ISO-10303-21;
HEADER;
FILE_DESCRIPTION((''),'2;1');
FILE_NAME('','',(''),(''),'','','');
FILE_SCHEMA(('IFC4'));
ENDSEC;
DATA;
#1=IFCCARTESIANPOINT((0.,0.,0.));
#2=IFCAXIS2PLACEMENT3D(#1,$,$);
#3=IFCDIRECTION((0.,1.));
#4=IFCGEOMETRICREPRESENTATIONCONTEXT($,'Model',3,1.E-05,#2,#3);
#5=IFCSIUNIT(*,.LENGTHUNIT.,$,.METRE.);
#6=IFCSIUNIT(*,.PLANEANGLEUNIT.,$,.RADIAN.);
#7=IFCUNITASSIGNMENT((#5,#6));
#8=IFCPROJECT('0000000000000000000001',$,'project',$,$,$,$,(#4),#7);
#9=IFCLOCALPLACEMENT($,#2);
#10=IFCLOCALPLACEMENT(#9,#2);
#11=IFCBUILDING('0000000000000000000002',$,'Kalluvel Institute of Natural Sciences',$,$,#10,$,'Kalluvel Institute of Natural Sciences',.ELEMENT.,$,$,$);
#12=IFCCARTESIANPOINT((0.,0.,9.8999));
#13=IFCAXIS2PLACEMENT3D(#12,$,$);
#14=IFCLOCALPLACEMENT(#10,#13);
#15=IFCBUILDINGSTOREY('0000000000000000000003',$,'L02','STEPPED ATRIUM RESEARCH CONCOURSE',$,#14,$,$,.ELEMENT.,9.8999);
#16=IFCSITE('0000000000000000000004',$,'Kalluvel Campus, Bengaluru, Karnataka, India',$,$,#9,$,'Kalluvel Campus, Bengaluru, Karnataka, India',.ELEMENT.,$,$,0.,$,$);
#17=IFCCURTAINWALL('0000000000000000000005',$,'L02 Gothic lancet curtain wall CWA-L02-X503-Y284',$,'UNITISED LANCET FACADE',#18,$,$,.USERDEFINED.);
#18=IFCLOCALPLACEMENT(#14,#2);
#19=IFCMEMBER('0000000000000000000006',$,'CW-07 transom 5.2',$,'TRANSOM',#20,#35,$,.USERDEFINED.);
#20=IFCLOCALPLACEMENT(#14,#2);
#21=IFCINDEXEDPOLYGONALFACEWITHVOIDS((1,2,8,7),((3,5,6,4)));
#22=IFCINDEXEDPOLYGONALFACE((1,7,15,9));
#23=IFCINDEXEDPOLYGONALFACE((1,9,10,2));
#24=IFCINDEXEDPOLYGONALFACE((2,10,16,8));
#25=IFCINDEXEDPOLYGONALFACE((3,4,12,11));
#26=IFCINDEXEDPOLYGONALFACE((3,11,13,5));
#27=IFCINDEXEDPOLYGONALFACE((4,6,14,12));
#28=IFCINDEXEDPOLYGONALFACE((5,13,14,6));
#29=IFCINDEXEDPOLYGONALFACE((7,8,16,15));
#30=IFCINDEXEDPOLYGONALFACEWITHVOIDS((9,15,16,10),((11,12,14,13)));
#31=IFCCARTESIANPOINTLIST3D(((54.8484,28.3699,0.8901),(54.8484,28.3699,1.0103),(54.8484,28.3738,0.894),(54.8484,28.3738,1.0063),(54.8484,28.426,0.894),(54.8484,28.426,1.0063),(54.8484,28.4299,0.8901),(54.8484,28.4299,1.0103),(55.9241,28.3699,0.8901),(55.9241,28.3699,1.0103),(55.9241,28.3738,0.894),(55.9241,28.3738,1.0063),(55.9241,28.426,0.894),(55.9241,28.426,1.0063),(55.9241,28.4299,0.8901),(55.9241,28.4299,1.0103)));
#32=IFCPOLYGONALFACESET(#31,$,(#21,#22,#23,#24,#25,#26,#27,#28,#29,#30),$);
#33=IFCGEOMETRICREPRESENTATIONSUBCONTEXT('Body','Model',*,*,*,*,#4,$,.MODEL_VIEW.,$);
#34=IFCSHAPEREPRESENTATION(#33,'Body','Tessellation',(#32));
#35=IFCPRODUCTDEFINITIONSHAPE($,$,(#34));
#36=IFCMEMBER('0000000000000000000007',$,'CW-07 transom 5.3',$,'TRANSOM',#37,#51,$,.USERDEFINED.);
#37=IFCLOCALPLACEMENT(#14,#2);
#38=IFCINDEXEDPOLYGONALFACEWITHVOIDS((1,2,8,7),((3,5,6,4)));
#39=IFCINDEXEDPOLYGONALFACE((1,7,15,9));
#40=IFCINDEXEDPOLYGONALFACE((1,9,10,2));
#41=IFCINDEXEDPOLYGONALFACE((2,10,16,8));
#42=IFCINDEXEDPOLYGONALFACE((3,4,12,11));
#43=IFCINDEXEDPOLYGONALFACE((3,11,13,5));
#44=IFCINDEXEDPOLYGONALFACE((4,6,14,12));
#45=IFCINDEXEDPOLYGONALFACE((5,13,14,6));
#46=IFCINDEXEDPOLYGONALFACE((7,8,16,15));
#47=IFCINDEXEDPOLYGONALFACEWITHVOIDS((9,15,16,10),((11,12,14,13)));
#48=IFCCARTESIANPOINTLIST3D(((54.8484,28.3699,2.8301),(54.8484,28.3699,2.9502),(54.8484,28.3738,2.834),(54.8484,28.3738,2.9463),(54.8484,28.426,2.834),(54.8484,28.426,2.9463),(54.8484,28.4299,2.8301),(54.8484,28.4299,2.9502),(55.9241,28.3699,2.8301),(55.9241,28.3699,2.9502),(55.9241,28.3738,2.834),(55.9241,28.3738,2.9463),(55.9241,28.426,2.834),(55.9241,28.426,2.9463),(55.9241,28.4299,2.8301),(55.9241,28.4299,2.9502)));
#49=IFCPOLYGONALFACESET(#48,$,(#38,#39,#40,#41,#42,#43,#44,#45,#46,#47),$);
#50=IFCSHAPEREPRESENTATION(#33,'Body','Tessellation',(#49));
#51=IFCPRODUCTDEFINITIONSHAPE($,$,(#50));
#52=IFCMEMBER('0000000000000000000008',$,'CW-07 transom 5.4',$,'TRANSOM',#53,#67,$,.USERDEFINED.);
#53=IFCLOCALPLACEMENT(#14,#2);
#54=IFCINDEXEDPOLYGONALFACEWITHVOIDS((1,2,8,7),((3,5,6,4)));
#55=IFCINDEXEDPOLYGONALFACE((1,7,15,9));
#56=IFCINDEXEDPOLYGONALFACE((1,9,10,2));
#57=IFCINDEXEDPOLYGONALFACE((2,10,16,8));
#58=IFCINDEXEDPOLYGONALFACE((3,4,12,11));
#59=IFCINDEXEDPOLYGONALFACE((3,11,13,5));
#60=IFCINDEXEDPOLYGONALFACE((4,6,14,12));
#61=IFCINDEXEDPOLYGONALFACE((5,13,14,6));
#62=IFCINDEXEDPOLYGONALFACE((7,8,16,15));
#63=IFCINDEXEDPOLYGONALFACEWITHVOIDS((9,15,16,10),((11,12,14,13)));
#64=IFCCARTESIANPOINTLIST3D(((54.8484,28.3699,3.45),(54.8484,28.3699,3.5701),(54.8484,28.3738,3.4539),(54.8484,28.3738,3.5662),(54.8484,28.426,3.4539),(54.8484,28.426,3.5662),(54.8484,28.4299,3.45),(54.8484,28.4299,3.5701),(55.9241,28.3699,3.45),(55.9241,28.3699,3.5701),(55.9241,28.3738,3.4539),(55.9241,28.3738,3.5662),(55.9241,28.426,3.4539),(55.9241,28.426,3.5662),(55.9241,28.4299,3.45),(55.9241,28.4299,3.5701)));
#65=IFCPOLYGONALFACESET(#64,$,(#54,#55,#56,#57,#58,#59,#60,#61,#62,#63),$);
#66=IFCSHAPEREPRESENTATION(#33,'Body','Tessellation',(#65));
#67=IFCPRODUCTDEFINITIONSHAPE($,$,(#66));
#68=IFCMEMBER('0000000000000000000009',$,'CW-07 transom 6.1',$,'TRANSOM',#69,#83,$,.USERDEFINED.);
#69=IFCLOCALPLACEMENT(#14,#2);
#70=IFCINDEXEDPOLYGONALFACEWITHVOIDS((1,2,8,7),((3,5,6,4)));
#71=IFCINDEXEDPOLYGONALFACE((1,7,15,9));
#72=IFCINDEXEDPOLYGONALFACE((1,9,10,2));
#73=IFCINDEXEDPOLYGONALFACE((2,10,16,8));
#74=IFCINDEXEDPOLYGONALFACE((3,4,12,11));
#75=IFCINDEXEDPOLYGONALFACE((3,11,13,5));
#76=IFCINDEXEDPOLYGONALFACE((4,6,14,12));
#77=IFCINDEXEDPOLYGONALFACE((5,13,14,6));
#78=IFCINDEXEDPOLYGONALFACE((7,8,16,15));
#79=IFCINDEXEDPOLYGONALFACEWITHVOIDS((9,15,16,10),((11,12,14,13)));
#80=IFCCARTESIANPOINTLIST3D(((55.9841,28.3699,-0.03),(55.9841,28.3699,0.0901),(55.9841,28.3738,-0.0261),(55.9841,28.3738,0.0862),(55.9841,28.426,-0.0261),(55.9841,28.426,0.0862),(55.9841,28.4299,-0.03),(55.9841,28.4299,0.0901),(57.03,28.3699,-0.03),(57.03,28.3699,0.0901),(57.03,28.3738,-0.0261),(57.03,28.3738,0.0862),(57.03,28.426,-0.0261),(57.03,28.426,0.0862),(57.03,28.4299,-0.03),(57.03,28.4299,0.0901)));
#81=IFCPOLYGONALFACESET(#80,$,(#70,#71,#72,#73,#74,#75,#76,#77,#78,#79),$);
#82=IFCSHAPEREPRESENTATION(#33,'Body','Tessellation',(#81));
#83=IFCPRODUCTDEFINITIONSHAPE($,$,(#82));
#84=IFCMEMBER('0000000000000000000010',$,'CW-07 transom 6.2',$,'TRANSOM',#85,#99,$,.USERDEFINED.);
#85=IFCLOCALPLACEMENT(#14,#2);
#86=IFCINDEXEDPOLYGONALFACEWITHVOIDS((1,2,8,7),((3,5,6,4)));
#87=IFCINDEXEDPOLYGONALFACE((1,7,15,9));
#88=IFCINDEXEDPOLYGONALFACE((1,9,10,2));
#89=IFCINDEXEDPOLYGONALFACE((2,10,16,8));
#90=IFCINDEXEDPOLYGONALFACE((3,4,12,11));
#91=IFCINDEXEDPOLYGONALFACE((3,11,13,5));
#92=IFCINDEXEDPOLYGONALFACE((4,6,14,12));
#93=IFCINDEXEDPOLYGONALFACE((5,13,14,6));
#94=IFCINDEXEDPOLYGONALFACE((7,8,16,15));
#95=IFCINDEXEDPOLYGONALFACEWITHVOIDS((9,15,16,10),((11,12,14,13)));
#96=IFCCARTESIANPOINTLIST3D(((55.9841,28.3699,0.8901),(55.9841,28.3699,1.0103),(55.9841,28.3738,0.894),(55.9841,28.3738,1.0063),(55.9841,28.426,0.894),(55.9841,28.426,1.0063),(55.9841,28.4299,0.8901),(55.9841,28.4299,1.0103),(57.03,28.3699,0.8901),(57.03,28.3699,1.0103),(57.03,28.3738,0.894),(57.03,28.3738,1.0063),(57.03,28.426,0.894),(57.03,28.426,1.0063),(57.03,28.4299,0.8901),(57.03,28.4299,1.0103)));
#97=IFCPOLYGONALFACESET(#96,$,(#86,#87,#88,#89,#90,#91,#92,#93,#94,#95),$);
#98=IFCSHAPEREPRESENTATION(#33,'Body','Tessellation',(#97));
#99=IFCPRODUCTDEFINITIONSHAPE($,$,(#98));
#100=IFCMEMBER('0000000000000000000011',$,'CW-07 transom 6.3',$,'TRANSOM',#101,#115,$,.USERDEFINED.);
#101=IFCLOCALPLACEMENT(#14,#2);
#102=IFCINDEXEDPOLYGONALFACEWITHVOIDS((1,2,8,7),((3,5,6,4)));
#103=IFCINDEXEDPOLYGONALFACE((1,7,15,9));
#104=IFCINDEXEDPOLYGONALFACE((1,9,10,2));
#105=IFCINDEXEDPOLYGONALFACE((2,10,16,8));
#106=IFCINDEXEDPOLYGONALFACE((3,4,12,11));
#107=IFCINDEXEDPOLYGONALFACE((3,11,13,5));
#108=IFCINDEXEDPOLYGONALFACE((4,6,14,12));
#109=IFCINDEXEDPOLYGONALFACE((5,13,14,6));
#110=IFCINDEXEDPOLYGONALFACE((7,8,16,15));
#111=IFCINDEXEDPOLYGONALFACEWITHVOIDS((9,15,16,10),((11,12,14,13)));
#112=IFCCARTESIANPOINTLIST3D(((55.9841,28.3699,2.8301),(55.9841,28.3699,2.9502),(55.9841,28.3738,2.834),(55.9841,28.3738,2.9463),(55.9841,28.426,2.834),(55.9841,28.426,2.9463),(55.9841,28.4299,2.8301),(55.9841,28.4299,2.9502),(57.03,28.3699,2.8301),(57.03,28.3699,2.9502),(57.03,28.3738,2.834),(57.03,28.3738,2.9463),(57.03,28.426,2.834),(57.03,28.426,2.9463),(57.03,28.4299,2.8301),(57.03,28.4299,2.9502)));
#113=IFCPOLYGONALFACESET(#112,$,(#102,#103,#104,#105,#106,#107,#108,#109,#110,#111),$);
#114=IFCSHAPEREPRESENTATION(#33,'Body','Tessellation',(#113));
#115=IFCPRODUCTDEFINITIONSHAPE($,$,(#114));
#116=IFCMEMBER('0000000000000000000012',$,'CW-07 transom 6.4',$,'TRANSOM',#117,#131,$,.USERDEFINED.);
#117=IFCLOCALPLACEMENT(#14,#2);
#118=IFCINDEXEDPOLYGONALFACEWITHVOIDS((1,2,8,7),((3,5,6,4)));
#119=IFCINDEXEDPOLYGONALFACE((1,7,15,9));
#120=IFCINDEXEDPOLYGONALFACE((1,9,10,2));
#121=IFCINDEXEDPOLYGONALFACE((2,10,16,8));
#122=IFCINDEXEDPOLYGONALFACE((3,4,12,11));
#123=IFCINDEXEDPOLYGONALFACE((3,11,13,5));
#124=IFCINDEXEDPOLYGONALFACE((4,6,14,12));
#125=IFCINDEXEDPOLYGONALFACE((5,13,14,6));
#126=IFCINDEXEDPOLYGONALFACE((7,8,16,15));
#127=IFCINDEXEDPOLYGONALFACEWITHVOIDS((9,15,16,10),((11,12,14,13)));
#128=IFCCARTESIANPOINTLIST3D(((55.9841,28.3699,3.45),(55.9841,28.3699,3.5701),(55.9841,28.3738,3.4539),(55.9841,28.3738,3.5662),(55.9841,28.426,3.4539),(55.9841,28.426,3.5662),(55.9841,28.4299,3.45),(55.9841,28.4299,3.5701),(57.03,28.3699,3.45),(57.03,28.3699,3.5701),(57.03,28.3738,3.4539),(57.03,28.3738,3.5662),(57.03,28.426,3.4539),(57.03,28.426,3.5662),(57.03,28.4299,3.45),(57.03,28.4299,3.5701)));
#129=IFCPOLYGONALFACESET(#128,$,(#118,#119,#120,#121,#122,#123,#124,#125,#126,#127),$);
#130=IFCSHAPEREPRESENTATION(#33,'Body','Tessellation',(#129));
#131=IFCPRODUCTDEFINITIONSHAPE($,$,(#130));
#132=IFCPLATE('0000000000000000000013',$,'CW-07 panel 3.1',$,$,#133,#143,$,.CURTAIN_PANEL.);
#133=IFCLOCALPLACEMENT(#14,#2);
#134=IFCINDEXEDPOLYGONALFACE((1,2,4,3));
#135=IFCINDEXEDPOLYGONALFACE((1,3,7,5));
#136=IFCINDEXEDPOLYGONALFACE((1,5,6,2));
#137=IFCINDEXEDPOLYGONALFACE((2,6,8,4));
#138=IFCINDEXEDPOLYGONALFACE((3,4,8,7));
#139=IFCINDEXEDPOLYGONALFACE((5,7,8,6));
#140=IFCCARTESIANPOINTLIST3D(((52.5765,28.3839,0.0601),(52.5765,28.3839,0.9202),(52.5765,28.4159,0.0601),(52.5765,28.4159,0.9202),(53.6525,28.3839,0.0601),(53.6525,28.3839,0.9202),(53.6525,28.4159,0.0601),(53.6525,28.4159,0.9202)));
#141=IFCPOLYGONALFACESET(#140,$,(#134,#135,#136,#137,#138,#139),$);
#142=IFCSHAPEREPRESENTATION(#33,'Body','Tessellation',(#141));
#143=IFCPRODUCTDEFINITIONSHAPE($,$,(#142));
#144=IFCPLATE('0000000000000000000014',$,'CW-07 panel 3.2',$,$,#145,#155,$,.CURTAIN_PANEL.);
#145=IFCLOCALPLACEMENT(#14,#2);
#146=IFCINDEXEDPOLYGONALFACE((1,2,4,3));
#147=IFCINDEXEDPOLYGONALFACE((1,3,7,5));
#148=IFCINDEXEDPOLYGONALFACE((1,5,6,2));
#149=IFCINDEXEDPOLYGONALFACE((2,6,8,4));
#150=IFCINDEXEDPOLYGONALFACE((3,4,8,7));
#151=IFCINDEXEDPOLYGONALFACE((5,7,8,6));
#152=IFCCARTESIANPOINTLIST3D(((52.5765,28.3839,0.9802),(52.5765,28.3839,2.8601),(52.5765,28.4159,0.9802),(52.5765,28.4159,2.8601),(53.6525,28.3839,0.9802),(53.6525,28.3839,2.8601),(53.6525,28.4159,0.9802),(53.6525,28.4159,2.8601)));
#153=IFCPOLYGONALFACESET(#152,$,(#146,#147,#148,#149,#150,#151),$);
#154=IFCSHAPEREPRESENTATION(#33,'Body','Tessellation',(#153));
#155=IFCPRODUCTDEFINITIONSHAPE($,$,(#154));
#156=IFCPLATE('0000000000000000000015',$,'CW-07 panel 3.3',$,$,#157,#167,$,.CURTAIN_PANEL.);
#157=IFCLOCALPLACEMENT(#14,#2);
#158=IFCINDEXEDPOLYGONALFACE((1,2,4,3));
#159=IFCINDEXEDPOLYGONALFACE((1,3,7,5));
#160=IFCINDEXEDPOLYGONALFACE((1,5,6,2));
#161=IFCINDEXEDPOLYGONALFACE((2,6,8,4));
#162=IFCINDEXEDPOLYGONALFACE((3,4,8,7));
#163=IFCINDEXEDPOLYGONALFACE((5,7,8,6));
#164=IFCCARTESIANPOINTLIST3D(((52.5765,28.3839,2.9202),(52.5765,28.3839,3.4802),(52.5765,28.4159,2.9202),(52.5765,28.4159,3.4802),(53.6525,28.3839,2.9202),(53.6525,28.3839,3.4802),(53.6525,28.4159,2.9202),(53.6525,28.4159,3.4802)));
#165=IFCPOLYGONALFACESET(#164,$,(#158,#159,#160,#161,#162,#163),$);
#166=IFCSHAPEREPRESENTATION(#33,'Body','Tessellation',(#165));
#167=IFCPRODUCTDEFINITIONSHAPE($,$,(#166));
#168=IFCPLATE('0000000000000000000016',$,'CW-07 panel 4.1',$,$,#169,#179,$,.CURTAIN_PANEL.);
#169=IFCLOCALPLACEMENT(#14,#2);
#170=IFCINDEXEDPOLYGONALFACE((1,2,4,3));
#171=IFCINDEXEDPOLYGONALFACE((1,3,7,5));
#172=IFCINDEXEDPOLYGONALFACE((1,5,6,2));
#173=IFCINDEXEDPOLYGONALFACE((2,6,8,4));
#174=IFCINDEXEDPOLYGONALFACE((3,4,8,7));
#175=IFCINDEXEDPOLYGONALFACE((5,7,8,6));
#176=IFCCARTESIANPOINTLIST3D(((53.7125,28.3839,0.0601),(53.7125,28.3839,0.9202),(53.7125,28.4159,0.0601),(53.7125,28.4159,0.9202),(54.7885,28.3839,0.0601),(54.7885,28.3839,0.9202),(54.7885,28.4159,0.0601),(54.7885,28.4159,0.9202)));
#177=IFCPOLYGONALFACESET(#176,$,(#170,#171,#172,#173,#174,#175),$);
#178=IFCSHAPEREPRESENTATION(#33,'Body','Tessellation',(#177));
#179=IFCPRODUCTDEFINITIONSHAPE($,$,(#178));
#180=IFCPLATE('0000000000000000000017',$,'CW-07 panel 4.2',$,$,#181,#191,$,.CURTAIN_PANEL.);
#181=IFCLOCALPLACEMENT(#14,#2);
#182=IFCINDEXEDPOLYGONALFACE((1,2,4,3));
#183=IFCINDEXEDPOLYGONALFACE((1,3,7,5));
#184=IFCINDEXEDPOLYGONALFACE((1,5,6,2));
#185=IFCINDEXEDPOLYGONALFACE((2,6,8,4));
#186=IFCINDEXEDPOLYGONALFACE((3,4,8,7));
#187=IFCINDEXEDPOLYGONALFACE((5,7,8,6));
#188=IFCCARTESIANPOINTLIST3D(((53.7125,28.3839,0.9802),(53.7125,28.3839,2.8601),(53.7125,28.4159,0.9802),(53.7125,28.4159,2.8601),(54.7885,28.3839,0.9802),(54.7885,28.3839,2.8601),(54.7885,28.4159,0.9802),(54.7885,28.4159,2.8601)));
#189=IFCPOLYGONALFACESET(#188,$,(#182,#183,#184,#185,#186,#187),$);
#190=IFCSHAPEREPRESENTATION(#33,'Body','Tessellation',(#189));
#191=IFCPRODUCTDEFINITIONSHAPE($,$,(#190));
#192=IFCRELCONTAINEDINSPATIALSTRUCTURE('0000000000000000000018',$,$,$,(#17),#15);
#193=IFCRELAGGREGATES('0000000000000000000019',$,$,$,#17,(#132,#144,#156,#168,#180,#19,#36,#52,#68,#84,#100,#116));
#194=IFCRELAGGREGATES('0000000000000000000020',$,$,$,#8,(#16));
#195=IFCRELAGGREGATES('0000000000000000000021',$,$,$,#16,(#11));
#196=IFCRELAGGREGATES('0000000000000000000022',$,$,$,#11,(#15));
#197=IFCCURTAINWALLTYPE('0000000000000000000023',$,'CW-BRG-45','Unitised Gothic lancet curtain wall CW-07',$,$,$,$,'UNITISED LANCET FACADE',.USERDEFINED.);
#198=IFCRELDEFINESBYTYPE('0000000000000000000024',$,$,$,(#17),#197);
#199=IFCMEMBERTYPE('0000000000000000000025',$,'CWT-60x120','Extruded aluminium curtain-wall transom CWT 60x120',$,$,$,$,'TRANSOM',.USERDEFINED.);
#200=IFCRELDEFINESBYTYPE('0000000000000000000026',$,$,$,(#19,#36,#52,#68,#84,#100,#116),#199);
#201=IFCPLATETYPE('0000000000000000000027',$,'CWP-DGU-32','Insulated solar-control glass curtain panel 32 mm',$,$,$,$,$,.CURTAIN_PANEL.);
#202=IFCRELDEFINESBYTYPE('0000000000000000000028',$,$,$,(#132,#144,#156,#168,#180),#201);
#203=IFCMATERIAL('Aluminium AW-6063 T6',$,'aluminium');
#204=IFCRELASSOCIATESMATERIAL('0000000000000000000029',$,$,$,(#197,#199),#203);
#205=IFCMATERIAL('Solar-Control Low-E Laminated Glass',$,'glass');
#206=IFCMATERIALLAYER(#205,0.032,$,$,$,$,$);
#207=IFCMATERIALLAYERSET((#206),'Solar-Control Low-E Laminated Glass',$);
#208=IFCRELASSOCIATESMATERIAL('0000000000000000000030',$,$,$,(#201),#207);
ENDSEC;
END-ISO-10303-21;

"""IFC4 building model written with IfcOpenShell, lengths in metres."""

from ifc_helpers import new_model, si_unit, direction, frame, origin, origin_2d, place, context, subcontext, project, spatial, rectangle, hollow_rectangle, extrude, material, layer, layer_set, material_profile, profile_set, type_object, element, aggregate, save


model = new_model("IFC4")

# Units and contexts
model_context = context("Model", 3, precision=1e-05, world=origin(), true_north=direction((0.0, 1.0)))
body_context = subcontext(model_context, "Body", "Model", "MODEL_VIEW")
ifc_project = project(units=[si_unit("LENGTHUNIT", "METRE"), si_unit("PLANEANGLEUNIT", "RADIAN")], contexts=[model_context])

# Site, building, storey
site_placement = place(None, origin())
site = spatial("IfcSite", under=ifc_project, at=site_placement, Name="Kalluvel Campus, Bengaluru, Karnataka, India", LongName="Kalluvel Campus, Bengaluru, Karnataka, India", CompositionType="ELEMENT", RefElevation=0.0)
building_placement = place(site_placement, origin())
building = spatial("IfcBuilding", under=site, at=building_placement, Name="Kalluvel Institute of Natural Sciences", LongName="Kalluvel Institute of Natural Sciences", CompositionType="ELEMENT")
storey_placement = place(building_placement, frame((0.0, 0.0, 9.8999)))
storey = spatial("IfcBuildingStorey", under=building, at=storey_placement, Name="L02", Description="STEPPED ATRIUM RESEARCH CONCOURSE", CompositionType="ELEMENT", Elevation=9.8999)

# Curtain wall, members, plates
ifc_material_1 = material(Name="Aluminium AW-6063 T6", Category="aluminium")
curtain_wall_type = type_object("IfcCurtainWallType", Name="CW-BRG-45", Description="Unitised Gothic lancet curtain wall CW-07", ElementType="UNITISED LANCET FACADE", PredefinedType="USERDEFINED", material=ifc_material_1)
curtain_wall_placement = place(storey_placement, origin())
curtain_wall = element("IfcCurtainWall", 1, at=curtain_wall_placement, inside=storey, type_object=curtain_wall_type, Name="L02 Gothic lancet curtain wall CWA-L02-X503-Y284", ObjectType="UNITISED LANCET FACADE", PredefinedType="USERDEFINED")
ifc_material_profile_1 = material_profile(ifc_material_1, hollow_rectangle(XDim=0.0601, YDim=0.1201, WallThickness=0.0039, at=origin_2d()), Name="CWT 60x120")
ifc_profile_set_1 = profile_set([ifc_material_profile_1], Name="Aluminium AW-6063 T6")
member_type_1 = type_object("IfcMemberType", Name="CWT-60x120", Description="Extruded aluminium curtain-wall transom CWT 60x120", ElementType="TRANSOM", PredefinedType="USERDEFINED", material=ifc_profile_set_1)
member_1_placement = place(storey_placement, frame((54.8484, 28.3999, 0.9502), z_axis=(1.0, 0.0, 0.0), x_axis=(0.0, 1.0, 0.0)))
member_1 = element("IfcMember", 2, at=member_1_placement, type_object=member_type_1, Name="CW-07 transom 5.2", ObjectType="TRANSOM", PredefinedType="USERDEFINED", context=body_context, shape_type="SweptSolid", body=[
    extrude(hollow_rectangle(XDim=0.0601, YDim=0.1201, WallThickness=0.0039, at=origin_2d()), origin(), (0.0, 0.0, 1.0), 1.0757),
])
member_2_placement = place(storey_placement, frame((54.8484, 28.3999, 2.8901), z_axis=(1.0, 0.0, 0.0), x_axis=(0.0, 1.0, 0.0)))
member_2 = element("IfcMember", 3, at=member_2_placement, type_object=member_type_1, Name="CW-07 transom 5.3", ObjectType="TRANSOM", PredefinedType="USERDEFINED", context=body_context, shape_type="SweptSolid", body=[
    extrude(hollow_rectangle(XDim=0.0601, YDim=0.1201, WallThickness=0.0039, at=origin_2d()), origin(), (0.0, 0.0, 1.0), 1.0757),
])
member_3_placement = place(storey_placement, frame((54.8484, 28.3999, 3.51), z_axis=(1.0, 0.0, 0.0), x_axis=(0.0, 1.0, 0.0)))
member_3 = element("IfcMember", 4, at=member_3_placement, type_object=member_type_1, Name="CW-07 transom 5.4", ObjectType="TRANSOM", PredefinedType="USERDEFINED", context=body_context, shape_type="SweptSolid", body=[
    extrude(hollow_rectangle(XDim=0.0601, YDim=0.1201, WallThickness=0.0039, at=origin_2d()), origin(), (0.0, 0.0, 1.0), 1.0757),
])
member_4_placement = place(storey_placement, frame((55.9841, 28.3999, 0.03), z_axis=(1.0, 0.0, 0.0), x_axis=(0.0, 1.0, 0.0)))
member_4 = element("IfcMember", 5, at=member_4_placement, type_object=member_type_1, Name="CW-07 transom 6.1", ObjectType="TRANSOM", PredefinedType="USERDEFINED", context=body_context, shape_type="SweptSolid", body=[
    extrude(hollow_rectangle(XDim=0.0601, YDim=0.1201, WallThickness=0.0039, at=origin_2d()), origin(), (0.0, 0.0, 1.0), 1.0459),
])
member_5_placement = place(storey_placement, frame((55.9841, 28.3999, 0.9502), z_axis=(1.0, 0.0, 0.0), x_axis=(0.0, 1.0, 0.0)))
member_5 = element("IfcMember", 6, at=member_5_placement, type_object=member_type_1, Name="CW-07 transom 6.2", ObjectType="TRANSOM", PredefinedType="USERDEFINED", context=body_context, shape_type="SweptSolid", body=[
    extrude(hollow_rectangle(XDim=0.0601, YDim=0.1201, WallThickness=0.0039, at=origin_2d()), origin(), (0.0, 0.0, 1.0), 1.0459),
])
member_6_placement = place(storey_placement, frame((55.9841, 28.3999, 2.8901), z_axis=(1.0, 0.0, 0.0), x_axis=(0.0, 1.0, 0.0)))
member_6 = element("IfcMember", 7, at=member_6_placement, type_object=member_type_1, Name="CW-07 transom 6.3", ObjectType="TRANSOM", PredefinedType="USERDEFINED", context=body_context, shape_type="SweptSolid", body=[
    extrude(hollow_rectangle(XDim=0.0601, YDim=0.1201, WallThickness=0.0039, at=origin_2d()), origin(), (0.0, 0.0, 1.0), 1.0459),
])
member_7_placement = place(storey_placement, frame((55.9841, 28.3999, 3.51), z_axis=(1.0, 0.0, 0.0), x_axis=(0.0, 1.0, 0.0)))
member_7 = element("IfcMember", 8, at=member_7_placement, type_object=member_type_1, Name="CW-07 transom 6.4", ObjectType="TRANSOM", PredefinedType="USERDEFINED", context=body_context, shape_type="SweptSolid", body=[
    extrude(hollow_rectangle(XDim=0.0601, YDim=0.1201, WallThickness=0.0039, at=origin_2d()), origin(), (0.0, 0.0, 1.0), 1.0459),
])
ifc_material_2 = material(Name="Solar-Control Low-E Laminated Glass", Category="glass")
ifc_layer = layer(ifc_material_2, 0.032)
ifc_layer_set = layer_set([ifc_layer], Name="Solar-Control Low-E Laminated Glass")
plate_type = type_object("IfcPlateType", Name="CWP-DGU-32", Description="Insulated solar-control glass curtain panel 32 mm", PredefinedType="CURTAIN_PANEL", material=ifc_layer_set)
plate_1_placement = place(storey_placement, frame((53.1145, 28.3999, 0.0601), z_axis=(0.0, 0.0, 1.0), x_axis=(1.0, 0.0, 0.0)))
plate_1 = element("IfcPlate", 9, at=plate_1_placement, type_object=plate_type, Name="CW-07 panel 3.1", PredefinedType="CURTAIN_PANEL", context=body_context, shape_type="SweptSolid", body=[
    extrude(rectangle(XDim=1.0759, YDim=0.032, at=origin_2d()), origin(), (0.0, 0.0, 1.0), 0.8601),
])
plate_2_placement = place(storey_placement, frame((53.1145, 28.3999, 0.9802), z_axis=(0.0, 0.0, 1.0), x_axis=(1.0, 0.0, 0.0)))
plate_2 = element("IfcPlate", 10, at=plate_2_placement, type_object=plate_type, Name="CW-07 panel 3.2", PredefinedType="CURTAIN_PANEL", context=body_context, shape_type="SweptSolid", body=[
    extrude(rectangle(XDim=1.0759, YDim=0.032, at=origin_2d()), origin(), (0.0, 0.0, 1.0), 1.8799),
])
plate_3_placement = place(storey_placement, frame((53.1145, 28.3999, 2.9202), z_axis=(0.0, 0.0, 1.0), x_axis=(1.0, 0.0, 0.0)))
plate_3 = element("IfcPlate", 11, at=plate_3_placement, type_object=plate_type, Name="CW-07 panel 3.3", PredefinedType="CURTAIN_PANEL", context=body_context, shape_type="SweptSolid", body=[
    extrude(rectangle(XDim=1.0759, YDim=0.032, at=origin_2d()), origin(), (0.0, 0.0, 1.0), 0.5601),
])
plate_4_placement = place(storey_placement, frame((54.2505, 28.3999, 0.0601), z_axis=(0.0, 0.0, 1.0), x_axis=(1.0, 0.0, 0.0)))
plate_4 = element("IfcPlate", 12, at=plate_4_placement, type_object=plate_type, Name="CW-07 panel 4.1", PredefinedType="CURTAIN_PANEL", context=body_context, shape_type="SweptSolid", body=[
    extrude(rectangle(XDim=1.0759, YDim=0.032, at=origin_2d()), origin(), (0.0, 0.0, 1.0), 0.8601),
])
plate_5_placement = place(storey_placement, frame((54.2505, 28.3999, 0.9802), z_axis=(0.0, 0.0, 1.0), x_axis=(1.0, 0.0, 0.0)))
plate_5 = element("IfcPlate", 13, at=plate_5_placement, type_object=plate_type, Name="CW-07 panel 4.2", PredefinedType="CURTAIN_PANEL", context=body_context, shape_type="SweptSolid", body=[
    extrude(rectangle(XDim=1.0759, YDim=0.032, at=origin_2d()), origin(), (0.0, 0.0, 1.0), 1.8799),
])
aggregate(curtain_wall, [plate_1, plate_2, plate_3, plate_4, plate_5, member_1, member_2, member_3, member_4, member_5, member_6, member_7])

save(model, "model.ifc")
